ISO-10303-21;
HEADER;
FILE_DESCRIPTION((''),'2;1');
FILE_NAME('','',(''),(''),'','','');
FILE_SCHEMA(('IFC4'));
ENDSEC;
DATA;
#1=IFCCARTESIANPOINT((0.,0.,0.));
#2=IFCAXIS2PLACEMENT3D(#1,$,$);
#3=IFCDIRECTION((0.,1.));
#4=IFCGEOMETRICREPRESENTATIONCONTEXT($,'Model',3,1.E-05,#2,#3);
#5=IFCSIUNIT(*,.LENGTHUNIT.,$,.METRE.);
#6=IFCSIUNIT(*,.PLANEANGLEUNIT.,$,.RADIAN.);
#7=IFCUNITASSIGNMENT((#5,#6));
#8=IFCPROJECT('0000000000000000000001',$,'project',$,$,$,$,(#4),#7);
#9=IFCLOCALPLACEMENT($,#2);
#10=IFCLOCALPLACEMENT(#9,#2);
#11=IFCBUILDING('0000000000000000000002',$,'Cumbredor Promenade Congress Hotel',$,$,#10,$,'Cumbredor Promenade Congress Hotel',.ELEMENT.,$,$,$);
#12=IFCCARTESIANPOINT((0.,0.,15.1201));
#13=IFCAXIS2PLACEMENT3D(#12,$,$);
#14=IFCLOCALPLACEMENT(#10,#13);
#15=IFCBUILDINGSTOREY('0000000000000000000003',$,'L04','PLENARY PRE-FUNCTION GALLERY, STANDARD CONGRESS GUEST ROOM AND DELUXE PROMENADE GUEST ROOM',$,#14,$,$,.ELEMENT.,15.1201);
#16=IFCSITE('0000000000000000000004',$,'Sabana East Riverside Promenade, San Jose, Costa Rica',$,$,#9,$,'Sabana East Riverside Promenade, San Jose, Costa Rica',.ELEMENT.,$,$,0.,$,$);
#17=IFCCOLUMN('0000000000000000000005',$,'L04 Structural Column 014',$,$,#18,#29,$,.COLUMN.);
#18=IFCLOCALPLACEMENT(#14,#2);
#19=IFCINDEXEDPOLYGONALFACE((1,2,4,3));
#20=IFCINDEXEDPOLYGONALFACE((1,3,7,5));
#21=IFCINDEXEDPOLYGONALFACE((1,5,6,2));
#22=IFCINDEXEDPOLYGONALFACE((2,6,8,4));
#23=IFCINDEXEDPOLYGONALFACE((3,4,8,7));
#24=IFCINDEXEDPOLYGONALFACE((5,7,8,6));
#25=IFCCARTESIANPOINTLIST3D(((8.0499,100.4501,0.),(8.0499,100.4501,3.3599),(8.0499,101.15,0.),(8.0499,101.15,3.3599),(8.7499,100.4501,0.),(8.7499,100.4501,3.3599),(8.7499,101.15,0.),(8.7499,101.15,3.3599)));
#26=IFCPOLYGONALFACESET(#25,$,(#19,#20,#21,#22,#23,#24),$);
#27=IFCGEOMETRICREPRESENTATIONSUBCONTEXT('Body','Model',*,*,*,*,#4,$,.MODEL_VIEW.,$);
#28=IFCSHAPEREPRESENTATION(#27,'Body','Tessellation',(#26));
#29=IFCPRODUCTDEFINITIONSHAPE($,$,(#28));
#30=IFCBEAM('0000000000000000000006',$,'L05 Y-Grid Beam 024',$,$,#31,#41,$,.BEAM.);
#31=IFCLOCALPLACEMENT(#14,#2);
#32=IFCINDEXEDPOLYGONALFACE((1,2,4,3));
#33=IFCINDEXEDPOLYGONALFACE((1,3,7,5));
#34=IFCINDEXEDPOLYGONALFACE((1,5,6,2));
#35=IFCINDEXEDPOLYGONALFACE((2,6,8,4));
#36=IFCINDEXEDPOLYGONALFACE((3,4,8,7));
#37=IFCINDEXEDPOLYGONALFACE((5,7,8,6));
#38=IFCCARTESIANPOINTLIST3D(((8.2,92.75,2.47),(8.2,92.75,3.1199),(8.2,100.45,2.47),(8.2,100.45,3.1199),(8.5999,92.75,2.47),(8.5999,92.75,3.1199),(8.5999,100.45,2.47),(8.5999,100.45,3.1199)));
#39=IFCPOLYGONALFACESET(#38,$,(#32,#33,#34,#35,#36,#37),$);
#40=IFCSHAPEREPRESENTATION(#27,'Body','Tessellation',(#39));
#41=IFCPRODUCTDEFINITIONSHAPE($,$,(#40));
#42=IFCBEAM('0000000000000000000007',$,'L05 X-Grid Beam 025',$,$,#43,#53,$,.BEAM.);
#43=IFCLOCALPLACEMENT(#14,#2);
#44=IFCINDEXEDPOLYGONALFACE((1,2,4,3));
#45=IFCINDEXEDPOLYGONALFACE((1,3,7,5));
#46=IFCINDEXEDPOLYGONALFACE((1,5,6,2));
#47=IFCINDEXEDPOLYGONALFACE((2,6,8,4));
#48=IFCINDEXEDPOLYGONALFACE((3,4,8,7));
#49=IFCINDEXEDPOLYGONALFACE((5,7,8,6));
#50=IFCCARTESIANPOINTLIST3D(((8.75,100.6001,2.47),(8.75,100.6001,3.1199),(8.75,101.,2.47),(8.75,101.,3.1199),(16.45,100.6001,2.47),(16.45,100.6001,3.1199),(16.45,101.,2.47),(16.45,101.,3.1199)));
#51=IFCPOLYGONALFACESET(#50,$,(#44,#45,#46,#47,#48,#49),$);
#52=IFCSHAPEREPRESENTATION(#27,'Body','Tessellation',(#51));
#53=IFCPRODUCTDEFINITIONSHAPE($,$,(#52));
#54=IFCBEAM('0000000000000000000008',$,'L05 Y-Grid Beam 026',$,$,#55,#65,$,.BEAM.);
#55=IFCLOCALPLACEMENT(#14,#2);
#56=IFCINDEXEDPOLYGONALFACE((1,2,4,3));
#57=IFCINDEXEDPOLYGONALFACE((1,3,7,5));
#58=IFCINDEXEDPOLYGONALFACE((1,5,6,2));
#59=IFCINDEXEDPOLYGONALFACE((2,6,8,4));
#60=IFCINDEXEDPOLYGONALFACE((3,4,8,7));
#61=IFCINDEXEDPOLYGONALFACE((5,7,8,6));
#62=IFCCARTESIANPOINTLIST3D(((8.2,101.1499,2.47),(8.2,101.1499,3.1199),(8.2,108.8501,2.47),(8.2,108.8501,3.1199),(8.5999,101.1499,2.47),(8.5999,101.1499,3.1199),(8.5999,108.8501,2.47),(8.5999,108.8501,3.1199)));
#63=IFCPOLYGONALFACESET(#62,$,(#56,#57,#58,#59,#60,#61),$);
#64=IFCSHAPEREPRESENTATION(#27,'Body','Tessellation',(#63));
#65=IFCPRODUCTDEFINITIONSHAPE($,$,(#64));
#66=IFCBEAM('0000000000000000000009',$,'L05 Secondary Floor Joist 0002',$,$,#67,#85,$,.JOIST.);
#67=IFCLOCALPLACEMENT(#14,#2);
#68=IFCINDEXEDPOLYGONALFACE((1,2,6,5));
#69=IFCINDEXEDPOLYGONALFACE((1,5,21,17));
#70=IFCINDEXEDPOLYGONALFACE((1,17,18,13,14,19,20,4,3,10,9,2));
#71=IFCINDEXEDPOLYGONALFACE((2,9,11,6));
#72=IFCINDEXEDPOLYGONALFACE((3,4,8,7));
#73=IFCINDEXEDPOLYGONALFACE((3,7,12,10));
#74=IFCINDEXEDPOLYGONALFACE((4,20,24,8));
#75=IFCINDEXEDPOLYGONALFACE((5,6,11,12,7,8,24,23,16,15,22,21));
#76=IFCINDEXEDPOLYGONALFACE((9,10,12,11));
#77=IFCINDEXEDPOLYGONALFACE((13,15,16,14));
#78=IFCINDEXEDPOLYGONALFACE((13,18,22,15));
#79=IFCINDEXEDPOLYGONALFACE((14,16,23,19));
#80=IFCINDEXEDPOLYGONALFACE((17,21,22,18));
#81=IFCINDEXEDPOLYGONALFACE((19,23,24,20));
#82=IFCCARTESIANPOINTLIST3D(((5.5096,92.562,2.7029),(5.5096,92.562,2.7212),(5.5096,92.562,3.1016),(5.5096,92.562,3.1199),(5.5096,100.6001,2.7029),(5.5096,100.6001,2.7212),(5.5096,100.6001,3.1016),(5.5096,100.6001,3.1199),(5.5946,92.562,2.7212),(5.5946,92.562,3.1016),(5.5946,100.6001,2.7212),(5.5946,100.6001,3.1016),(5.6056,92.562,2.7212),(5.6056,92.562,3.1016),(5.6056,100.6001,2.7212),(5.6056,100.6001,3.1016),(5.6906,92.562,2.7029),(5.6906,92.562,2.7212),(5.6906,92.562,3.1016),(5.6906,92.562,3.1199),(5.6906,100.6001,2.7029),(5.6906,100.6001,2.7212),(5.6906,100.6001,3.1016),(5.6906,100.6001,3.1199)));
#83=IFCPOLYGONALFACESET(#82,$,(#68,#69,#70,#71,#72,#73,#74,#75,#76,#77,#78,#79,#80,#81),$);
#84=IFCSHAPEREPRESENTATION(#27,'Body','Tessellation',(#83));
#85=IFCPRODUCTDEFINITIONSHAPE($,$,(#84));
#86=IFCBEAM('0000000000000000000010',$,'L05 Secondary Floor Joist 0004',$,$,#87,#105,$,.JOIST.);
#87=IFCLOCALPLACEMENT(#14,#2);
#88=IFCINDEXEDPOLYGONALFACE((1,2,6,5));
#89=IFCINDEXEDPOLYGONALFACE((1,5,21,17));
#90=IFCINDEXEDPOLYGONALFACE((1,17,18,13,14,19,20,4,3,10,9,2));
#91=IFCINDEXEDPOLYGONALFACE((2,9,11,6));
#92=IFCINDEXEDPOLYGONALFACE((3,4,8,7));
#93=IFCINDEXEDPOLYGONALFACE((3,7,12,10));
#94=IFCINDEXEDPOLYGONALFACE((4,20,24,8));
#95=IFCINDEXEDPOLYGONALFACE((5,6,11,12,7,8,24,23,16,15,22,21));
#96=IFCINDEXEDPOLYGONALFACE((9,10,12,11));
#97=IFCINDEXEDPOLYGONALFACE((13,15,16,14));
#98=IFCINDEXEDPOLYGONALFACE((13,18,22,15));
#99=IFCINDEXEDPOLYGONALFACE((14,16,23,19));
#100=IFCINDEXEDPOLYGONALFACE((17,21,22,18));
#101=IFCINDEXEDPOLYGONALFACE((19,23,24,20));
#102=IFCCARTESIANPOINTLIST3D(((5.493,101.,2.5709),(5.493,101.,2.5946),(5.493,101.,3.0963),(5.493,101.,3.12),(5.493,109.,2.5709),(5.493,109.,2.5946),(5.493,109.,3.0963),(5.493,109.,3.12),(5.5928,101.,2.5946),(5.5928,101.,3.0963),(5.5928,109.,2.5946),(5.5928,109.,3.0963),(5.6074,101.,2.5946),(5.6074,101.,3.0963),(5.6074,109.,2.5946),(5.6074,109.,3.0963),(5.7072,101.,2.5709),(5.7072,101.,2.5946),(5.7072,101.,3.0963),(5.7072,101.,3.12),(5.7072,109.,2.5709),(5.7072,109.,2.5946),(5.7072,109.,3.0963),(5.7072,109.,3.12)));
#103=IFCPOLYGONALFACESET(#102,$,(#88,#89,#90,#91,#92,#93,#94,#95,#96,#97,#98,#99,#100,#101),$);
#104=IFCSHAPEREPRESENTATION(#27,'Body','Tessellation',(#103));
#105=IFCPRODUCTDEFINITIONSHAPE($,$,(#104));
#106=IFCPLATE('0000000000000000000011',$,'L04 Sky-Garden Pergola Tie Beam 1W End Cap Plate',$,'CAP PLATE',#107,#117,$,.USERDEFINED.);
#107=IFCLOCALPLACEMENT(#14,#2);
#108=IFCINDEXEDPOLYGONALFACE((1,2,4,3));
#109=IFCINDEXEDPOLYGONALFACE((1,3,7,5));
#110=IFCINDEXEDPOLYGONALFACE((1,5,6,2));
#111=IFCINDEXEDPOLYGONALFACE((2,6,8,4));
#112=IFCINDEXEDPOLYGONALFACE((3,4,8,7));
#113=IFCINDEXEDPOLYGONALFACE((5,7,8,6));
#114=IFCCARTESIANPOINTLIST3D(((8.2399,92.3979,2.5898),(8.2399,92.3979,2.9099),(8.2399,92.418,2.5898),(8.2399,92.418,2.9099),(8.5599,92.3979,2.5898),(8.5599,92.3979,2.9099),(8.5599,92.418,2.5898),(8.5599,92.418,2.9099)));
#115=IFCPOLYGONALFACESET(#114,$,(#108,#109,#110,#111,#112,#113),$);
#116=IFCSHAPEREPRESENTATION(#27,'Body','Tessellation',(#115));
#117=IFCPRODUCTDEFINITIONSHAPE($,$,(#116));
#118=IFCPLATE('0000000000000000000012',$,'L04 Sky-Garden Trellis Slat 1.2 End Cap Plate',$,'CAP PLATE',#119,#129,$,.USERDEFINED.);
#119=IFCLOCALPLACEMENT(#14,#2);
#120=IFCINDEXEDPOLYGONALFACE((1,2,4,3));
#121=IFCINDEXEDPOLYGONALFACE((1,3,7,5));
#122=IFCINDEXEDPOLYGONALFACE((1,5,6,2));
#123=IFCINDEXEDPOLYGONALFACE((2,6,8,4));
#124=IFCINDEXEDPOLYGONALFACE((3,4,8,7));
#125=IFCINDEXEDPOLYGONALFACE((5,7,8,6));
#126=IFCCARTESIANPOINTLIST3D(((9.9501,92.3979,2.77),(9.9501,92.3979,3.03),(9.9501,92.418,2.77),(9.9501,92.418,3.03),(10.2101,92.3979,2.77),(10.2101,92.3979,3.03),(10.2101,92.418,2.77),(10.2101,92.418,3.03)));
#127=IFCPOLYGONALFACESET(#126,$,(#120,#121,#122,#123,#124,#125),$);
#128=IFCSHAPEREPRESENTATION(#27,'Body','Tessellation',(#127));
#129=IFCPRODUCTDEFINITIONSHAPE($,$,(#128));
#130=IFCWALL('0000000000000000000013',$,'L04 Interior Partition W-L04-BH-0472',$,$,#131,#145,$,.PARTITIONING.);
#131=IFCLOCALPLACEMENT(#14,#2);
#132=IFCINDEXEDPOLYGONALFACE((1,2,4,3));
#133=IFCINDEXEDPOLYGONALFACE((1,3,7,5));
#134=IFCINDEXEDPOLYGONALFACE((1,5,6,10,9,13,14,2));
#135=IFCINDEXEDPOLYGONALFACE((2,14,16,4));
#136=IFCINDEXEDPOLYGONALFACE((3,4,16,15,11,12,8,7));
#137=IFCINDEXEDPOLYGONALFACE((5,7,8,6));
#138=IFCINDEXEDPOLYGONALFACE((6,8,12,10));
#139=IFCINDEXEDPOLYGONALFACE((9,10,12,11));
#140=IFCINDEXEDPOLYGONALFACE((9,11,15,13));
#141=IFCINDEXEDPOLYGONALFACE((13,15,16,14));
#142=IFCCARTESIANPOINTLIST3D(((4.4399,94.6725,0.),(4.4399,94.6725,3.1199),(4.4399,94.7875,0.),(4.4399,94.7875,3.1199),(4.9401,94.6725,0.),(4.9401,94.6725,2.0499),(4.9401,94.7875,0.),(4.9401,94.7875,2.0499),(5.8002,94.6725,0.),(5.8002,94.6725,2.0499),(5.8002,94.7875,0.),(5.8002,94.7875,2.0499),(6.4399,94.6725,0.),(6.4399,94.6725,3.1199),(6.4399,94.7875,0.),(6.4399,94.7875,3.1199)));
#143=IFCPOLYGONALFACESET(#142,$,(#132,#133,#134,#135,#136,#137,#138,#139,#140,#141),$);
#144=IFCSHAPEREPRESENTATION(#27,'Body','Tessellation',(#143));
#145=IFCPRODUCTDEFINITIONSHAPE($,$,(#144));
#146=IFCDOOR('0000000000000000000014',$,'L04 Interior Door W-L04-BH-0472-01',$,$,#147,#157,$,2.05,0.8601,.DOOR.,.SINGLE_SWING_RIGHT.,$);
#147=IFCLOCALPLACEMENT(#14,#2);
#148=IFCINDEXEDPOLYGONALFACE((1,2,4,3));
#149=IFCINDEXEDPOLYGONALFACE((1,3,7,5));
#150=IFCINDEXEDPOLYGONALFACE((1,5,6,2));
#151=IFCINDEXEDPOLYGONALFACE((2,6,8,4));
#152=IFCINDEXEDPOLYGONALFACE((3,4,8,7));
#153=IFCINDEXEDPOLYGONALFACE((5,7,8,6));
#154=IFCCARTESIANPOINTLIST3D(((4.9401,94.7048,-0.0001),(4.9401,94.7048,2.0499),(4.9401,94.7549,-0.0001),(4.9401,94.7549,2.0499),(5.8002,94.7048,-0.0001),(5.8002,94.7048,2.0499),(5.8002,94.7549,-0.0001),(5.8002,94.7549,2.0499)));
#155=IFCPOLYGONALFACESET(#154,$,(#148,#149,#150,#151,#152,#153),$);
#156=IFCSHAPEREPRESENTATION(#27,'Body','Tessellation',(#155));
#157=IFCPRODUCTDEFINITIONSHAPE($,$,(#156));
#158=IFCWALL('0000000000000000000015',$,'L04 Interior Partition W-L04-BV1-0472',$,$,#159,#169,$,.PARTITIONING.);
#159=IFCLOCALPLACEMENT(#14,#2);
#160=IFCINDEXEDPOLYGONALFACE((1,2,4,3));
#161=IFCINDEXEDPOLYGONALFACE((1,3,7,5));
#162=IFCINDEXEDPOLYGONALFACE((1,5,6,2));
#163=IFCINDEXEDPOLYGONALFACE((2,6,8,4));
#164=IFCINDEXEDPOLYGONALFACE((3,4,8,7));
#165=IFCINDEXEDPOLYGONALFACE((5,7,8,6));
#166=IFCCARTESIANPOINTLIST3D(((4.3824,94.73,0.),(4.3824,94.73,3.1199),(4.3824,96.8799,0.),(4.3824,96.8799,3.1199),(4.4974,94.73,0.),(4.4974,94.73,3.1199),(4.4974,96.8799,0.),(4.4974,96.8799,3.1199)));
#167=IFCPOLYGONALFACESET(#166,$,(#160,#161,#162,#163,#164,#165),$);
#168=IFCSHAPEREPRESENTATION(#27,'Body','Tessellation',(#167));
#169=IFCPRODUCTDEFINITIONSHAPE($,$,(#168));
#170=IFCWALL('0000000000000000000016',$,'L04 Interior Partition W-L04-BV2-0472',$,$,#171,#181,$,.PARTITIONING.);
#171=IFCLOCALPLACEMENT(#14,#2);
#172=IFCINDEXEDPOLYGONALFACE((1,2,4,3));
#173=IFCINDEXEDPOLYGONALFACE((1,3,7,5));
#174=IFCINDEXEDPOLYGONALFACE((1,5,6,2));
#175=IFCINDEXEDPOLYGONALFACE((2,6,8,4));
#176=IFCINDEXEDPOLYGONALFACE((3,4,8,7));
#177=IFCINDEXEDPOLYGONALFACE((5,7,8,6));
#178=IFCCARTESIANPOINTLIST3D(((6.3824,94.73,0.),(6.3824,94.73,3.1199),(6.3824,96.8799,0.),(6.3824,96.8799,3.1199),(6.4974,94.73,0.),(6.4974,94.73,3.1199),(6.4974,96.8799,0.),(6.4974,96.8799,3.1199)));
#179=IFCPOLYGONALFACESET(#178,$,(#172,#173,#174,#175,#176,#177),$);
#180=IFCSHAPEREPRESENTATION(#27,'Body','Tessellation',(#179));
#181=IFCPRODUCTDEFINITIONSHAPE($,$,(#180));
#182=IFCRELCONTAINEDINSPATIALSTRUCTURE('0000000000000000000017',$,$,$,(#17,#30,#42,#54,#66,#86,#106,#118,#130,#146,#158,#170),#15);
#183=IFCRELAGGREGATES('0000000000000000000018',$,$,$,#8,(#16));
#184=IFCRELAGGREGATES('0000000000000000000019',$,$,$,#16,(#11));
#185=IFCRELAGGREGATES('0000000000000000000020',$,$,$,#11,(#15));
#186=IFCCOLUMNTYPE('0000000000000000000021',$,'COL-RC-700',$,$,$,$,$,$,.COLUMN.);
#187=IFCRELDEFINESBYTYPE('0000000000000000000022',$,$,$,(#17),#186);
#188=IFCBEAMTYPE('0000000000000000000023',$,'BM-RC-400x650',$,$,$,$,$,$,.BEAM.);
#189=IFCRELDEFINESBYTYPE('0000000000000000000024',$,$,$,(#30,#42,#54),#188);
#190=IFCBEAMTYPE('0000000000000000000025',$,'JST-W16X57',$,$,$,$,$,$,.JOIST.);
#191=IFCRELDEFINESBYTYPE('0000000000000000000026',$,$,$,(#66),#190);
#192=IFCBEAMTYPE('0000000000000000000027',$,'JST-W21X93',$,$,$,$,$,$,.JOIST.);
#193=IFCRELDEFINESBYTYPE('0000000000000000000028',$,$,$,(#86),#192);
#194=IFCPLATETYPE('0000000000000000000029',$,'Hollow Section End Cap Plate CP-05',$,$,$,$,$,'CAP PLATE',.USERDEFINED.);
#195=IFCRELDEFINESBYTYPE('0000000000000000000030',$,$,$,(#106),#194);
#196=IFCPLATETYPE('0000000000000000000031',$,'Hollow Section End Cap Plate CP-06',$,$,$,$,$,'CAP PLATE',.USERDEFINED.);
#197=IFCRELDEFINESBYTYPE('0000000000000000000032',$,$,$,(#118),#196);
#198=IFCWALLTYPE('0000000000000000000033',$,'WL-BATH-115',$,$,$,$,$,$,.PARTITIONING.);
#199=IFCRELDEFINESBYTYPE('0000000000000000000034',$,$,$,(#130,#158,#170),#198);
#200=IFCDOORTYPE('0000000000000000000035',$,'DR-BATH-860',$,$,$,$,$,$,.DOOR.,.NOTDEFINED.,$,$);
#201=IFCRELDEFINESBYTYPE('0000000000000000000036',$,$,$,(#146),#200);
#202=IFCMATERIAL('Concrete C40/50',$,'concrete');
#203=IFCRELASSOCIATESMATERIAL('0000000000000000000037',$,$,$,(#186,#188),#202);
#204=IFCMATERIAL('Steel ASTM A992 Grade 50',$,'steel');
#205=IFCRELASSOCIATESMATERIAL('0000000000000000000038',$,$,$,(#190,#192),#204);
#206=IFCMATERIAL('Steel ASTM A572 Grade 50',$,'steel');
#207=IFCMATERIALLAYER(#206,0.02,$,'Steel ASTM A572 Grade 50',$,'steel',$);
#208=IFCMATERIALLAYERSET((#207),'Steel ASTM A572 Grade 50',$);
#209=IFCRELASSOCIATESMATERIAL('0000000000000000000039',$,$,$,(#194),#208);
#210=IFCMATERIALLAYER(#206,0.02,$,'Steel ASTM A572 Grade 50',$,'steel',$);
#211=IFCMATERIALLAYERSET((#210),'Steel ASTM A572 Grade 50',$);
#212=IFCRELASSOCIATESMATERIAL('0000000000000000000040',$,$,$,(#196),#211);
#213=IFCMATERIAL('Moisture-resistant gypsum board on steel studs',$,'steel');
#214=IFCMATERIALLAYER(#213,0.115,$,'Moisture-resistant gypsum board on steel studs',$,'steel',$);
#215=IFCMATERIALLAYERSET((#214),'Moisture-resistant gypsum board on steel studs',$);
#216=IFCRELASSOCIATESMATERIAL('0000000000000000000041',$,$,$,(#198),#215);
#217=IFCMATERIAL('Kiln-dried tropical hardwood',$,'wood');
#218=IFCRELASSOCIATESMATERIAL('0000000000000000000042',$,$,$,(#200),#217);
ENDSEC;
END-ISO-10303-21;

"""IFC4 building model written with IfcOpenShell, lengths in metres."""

from ifc_helpers import new_model, si_unit, direction, frame, frame_2d, origin, origin_2d, place, context, subcontext, project, spatial, rectangle, i_section, extrude, material, layer, layer_set, material_profile, profile_set, type_object, element, fill, save


model = new_model("IFC4")

# Units and contexts
model_context = context("Model", 3, precision=1e-05, world=origin(), true_north=direction((0.0, 1.0)))
body_context = subcontext(model_context, "Body", "Model", "MODEL_VIEW")
ifc_project = project(units=[si_unit("LENGTHUNIT", "METRE"), si_unit("PLANEANGLEUNIT", "RADIAN")], contexts=[model_context])

# Site, building, storey
site_placement = place(None, origin())
site = spatial("IfcSite", under=ifc_project, at=site_placement, Name="Sabana East Riverside Promenade, San Jose, Costa Rica", LongName="Sabana East Riverside Promenade, San Jose, Costa Rica", CompositionType="ELEMENT", RefElevation=0.0)
building_placement = place(site_placement, origin())
building = spatial("IfcBuilding", under=site, at=building_placement, Name="Cumbredor Promenade Congress Hotel", LongName="Cumbredor Promenade Congress Hotel", CompositionType="ELEMENT")
storey_placement = place(building_placement, frame((0.0, 0.0, 15.1201)))
storey = spatial("IfcBuildingStorey", under=building, at=storey_placement, Name="L04", Description="PLENARY PRE-FUNCTION GALLERY, STANDARD CONGRESS GUEST ROOM AND DELUXE PROMENADE GUEST ROOM", CompositionType="ELEMENT", Elevation=15.1201)

# Column
ifc_material_1 = material(Name="Concrete C40/50", Category="concrete")
ifc_material_profile_1 = material_profile(ifc_material_1, rectangle(XDim=0.7, YDim=0.7, at=origin_2d()), Name="RC 700x700")
ifc_profile_set_1 = profile_set([ifc_material_profile_1], Name="Concrete C40/50")
column_type = type_object("IfcColumnType", Name="COL-RC-700", PredefinedType="COLUMN", material=ifc_profile_set_1)
column_placement = place(storey_placement, frame((8.3999, 100.8, 0.0), z_axis=(0.0, 0.0, 1.0), x_axis=(1.0, 0.0, 0.0)))
element("IfcColumn", 1, at=column_placement, inside=storey, type_object=column_type, Name="L04 Structural Column 014", PredefinedType="COLUMN", context=body_context, shape_type="SweptSolid", body=[
    extrude(rectangle(XDim=0.7, YDim=0.7, at=origin_2d()), origin(), (0.0, 0.0, 1.0), 3.3599),
])

# Beams
ifc_material_profile_2 = material_profile(ifc_material_1, rectangle(XDim=0.3999, YDim=0.6499, at=origin_2d()), Name="RC BEAM 400x650")
ifc_profile_set_2 = profile_set([ifc_material_profile_2], Name="Concrete C40/50")
beam_type_1 = type_object("IfcBeamType", Name="BM-RC-400x650", PredefinedType="BEAM", material=ifc_profile_set_2)
for number, where, z_axis, x_axis, name in (
    (2, (8.3999, 92.75, 2.7949), (0.0, 1.0, 0.0), (-1.0, 0.0, 0.0), "L05 Y-Grid Beam 024"),
    (3, (8.75, 100.8, 2.7949), (1.0, 0.0, 0.0), (0.0, 1.0, 0.0), "L05 X-Grid Beam 025"),
):
    element("IfcBeam", number, at=place(storey_placement, frame(where, z_axis=z_axis, x_axis=x_axis)), inside=storey, type_object=beam_type_1, Name=name, PredefinedType="BEAM", context=body_context, shape_type="SweptSolid", body=[
        extrude(rectangle(XDim=0.3999, YDim=0.6499, at=origin_2d()), origin(), (0.0, 0.0, 1.0), 7.7),
    ])
beam_1_placement = place(storey_placement, frame((8.3999, 101.1499, 2.7949), z_axis=(0.0, 1.0, 0.0), x_axis=(-1.0, 0.0, 0.0)))
element("IfcBeam", 4, at=beam_1_placement, inside=storey, type_object=beam_type_1, Name="L05 Y-Grid Beam 026", PredefinedType="BEAM", context=body_context, shape_type="SweptSolid", body=[
    extrude(rectangle(XDim=0.3999, YDim=0.6499, at=origin_2d()), origin(), (0.0, 0.0, 1.0), 7.7002),
])
ifc_material_2 = material(Name="Steel ASTM A992 Grade 50", Category="steel")
ifc_material_profile_3 = material_profile(ifc_material_2, i_section(OverallWidth=0.1809, OverallDepth=0.417, WebThickness=0.011, FlangeThickness=0.0183, at=origin_2d()), Name="W16X57")
ifc_profile_set_3 = profile_set([ifc_material_profile_3], Name="Steel ASTM A992 Grade 50")
beam_type_2 = type_object("IfcBeamType", Name="JST-W16X57", PredefinedType="JOIST", material=ifc_profile_set_3)
beam_2_placement = place(storey_placement, frame((5.6001, 92.562, 2.9114), z_axis=(0.0, 1.0, 0.0), x_axis=(-1.0, 0.0, 0.0)))
element("IfcBeam", 5, at=beam_2_placement, inside=storey, type_object=beam_type_2, Name="L05 Secondary Floor Joist 0002", PredefinedType="JOIST", context=body_context, shape_type="SweptSolid", body=[
    extrude(i_section(OverallWidth=0.1809, OverallDepth=0.417, WebThickness=0.011, FlangeThickness=0.0183, at=origin_2d()), origin(), (0.0, 0.0, 1.0), 8.0381),
])
ifc_material_profile_4 = material_profile(ifc_material_2, i_section(OverallWidth=0.2141, OverallDepth=0.5491, WebThickness=0.0146, FlangeThickness=0.0237, at=origin_2d()), Name="W21X93")
ifc_profile_set_4 = profile_set([ifc_material_profile_4], Name="Steel ASTM A992 Grade 50")
beam_type_3 = type_object("IfcBeamType", Name="JST-W21X93", PredefinedType="JOIST", material=ifc_profile_set_4)
beam_3_placement = place(storey_placement, frame((5.6001, 101.0, 2.8455), z_axis=(0.0, 1.0, 0.0), x_axis=(-1.0, 0.0, 0.0)))
element("IfcBeam", 6, at=beam_3_placement, inside=storey, type_object=beam_type_3, Name="L05 Secondary Floor Joist 0004", PredefinedType="JOIST", context=body_context, shape_type="SweptSolid", body=[
    extrude(i_section(OverallWidth=0.2141, OverallDepth=0.5491, WebThickness=0.0146, FlangeThickness=0.0237, at=origin_2d()), origin(), (0.0, 0.0, 1.0), 8.0),
])

# Plates
ifc_material_3 = material(Name="Steel ASTM A572 Grade 50", Category="steel")
ifc_layer_1 = layer(ifc_material_3, 0.02, Name="Steel ASTM A572 Grade 50", Category="steel")
ifc_layer_set_1 = layer_set([ifc_layer_1], Name="Steel ASTM A572 Grade 50")
plate_type_1 = type_object("IfcPlateType", Name="Hollow Section End Cap Plate CP-05", ElementType="CAP PLATE", PredefinedType="USERDEFINED", material=ifc_layer_set_1)
plate_1_placement = place(storey_placement, frame((8.3999, 92.408, 2.5898), z_axis=(0.0, 0.0, 1.0), x_axis=(0.0, 1.0, 0.0)))
element("IfcPlate", 7, at=plate_1_placement, inside=storey, type_object=plate_type_1, Name="L04 Sky-Garden Pergola Tie Beam 1W End Cap Plate", ObjectType="CAP PLATE", PredefinedType="USERDEFINED", context=body_context, shape_type="SweptSolid", body=[
    extrude(rectangle(XDim=0.02, YDim=0.3201, at=origin_2d()), origin(), (0.0, 0.0, 1.0), 0.3201),
])
ifc_layer_2 = layer(ifc_material_3, 0.02, Name="Steel ASTM A572 Grade 50", Category="steel")
ifc_layer_set_2 = layer_set([ifc_layer_2], Name="Steel ASTM A572 Grade 50")
plate_type_2 = type_object("IfcPlateType", Name="Hollow Section End Cap Plate CP-06", ElementType="CAP PLATE", PredefinedType="USERDEFINED", material=ifc_layer_set_2)
plate_2_placement = place(storey_placement, frame((10.0801, 92.408, 2.77), z_axis=(0.0, 0.0, 1.0), x_axis=(0.0, 1.0, 0.0)))
element("IfcPlate", 8, at=plate_2_placement, inside=storey, type_object=plate_type_2, Name="L04 Sky-Garden Trellis Slat 1.2 End Cap Plate", ObjectType="CAP PLATE", PredefinedType="USERDEFINED", context=body_context, shape_type="SweptSolid", body=[
    extrude(rectangle(XDim=0.02, YDim=0.26, at=origin_2d()), origin(), (0.0, 0.0, 1.0), 0.26),
])

# Wall, opening, door
ifc_material_4 = material(Name="Moisture-resistant gypsum board on steel studs", Category="steel")
ifc_layer_3 = layer(ifc_material_4, 0.115, Name="Moisture-resistant gypsum board on steel studs", Category="steel")
ifc_layer_set_3 = layer_set([ifc_layer_3], Name="Moisture-resistant gypsum board on steel studs")
wall_type_1 = type_object("IfcWallType", Name="WL-BATH-115", PredefinedType="PARTITIONING", material=ifc_layer_set_3)
wall_1_placement = place(storey_placement, frame((4.4399, 94.73, 0.0), z_axis=(0.0, 0.0, 1.0), x_axis=(1.0, 0.0, 0.0)))
wall_1 = element("IfcWall", 9, at=wall_1_placement, inside=storey, type_object=wall_type_1, Name="L04 Interior Partition W-L04-BH-0472", PredefinedType="PARTITIONING", context=body_context, shape_type="SweptSolid", body=[
    extrude(rectangle(XDim=2.0, YDim=0.115, at=frame_2d((1.0, 0.0))), origin(), (0.0, 0.0, 1.0), 3.1199),
])
opening_1_placement = place(wall_1_placement, frame((0.5, 0.0, 0.0)))
opening_1 = element("IfcOpeningElement", 10, at=opening_1_placement, cuts=wall_1, PredefinedType="OPENING", context=body_context, shape_type="SweptSolid", body=[
    extrude(rectangle(XDim=0.8601, YDim=2.05, at=frame_2d((0.4302, 1.0249))), frame((0.0, 0.0674, 0.0), z_axis=(0.0, -1.0, 0.0), x_axis=(1.0, 0.0, 0.0)), (0.0, 0.0, 1.0), 0.135),
])
ifc_material_5 = material(Name="Kiln-dried tropical hardwood", Category="wood")
door_type = type_object("IfcDoorType", Name="DR-BATH-860", OperationType="NOTDEFINED", PredefinedType="DOOR", material=ifc_material_5)
door_1_placement = place(opening_1_placement, origin())
door_1 = element("IfcDoor", 11, at=door_1_placement, inside=storey, type_object=door_type, Name="L04 Interior Door W-L04-BH-0472-01", OperationType="SINGLE_SWING_RIGHT", OverallHeight=2.05, OverallWidth=0.8601, PredefinedType="DOOR", context=body_context, shape_type="SweptSolid", body=[
    extrude(rectangle(XDim=0.8601, YDim=2.05, at=frame_2d((0.4302, 1.0249))), frame((0.0, 0.0249, 0.0), z_axis=(0.0, -1.0, 0.0), x_axis=(1.0, 0.0, 0.0)), (0.0, 0.0, 1.0), 0.05),
])
fill(opening_1, door_1)

# Walls
for number, where, z_axis, x_axis, name in (
    (12, (4.4399, 94.73, 0.0), (0.0, 0.0, 1.0), (0.0, 1.0, 0.0), "L04 Interior Partition W-L04-BV1-0472"),
    (13, (6.4399, 94.73, 0.0), (0.0, 0.0, 1.0), (0.0, 1.0, 0.0), "L04 Interior Partition W-L04-BV2-0472"),
):
    element("IfcWall", number, at=place(storey_placement, frame(where, z_axis=z_axis, x_axis=x_axis)), inside=storey, type_object=wall_type_1, Name=name, PredefinedType="PARTITIONING", context=body_context, shape_type="SweptSolid", body=[
        extrude(rectangle(XDim=2.1499, YDim=0.115, at=frame_2d((1.075, 0.0))), origin(), (0.0, 0.0, 1.0), 3.1199),
    ])

save(model, "model.ifc")
